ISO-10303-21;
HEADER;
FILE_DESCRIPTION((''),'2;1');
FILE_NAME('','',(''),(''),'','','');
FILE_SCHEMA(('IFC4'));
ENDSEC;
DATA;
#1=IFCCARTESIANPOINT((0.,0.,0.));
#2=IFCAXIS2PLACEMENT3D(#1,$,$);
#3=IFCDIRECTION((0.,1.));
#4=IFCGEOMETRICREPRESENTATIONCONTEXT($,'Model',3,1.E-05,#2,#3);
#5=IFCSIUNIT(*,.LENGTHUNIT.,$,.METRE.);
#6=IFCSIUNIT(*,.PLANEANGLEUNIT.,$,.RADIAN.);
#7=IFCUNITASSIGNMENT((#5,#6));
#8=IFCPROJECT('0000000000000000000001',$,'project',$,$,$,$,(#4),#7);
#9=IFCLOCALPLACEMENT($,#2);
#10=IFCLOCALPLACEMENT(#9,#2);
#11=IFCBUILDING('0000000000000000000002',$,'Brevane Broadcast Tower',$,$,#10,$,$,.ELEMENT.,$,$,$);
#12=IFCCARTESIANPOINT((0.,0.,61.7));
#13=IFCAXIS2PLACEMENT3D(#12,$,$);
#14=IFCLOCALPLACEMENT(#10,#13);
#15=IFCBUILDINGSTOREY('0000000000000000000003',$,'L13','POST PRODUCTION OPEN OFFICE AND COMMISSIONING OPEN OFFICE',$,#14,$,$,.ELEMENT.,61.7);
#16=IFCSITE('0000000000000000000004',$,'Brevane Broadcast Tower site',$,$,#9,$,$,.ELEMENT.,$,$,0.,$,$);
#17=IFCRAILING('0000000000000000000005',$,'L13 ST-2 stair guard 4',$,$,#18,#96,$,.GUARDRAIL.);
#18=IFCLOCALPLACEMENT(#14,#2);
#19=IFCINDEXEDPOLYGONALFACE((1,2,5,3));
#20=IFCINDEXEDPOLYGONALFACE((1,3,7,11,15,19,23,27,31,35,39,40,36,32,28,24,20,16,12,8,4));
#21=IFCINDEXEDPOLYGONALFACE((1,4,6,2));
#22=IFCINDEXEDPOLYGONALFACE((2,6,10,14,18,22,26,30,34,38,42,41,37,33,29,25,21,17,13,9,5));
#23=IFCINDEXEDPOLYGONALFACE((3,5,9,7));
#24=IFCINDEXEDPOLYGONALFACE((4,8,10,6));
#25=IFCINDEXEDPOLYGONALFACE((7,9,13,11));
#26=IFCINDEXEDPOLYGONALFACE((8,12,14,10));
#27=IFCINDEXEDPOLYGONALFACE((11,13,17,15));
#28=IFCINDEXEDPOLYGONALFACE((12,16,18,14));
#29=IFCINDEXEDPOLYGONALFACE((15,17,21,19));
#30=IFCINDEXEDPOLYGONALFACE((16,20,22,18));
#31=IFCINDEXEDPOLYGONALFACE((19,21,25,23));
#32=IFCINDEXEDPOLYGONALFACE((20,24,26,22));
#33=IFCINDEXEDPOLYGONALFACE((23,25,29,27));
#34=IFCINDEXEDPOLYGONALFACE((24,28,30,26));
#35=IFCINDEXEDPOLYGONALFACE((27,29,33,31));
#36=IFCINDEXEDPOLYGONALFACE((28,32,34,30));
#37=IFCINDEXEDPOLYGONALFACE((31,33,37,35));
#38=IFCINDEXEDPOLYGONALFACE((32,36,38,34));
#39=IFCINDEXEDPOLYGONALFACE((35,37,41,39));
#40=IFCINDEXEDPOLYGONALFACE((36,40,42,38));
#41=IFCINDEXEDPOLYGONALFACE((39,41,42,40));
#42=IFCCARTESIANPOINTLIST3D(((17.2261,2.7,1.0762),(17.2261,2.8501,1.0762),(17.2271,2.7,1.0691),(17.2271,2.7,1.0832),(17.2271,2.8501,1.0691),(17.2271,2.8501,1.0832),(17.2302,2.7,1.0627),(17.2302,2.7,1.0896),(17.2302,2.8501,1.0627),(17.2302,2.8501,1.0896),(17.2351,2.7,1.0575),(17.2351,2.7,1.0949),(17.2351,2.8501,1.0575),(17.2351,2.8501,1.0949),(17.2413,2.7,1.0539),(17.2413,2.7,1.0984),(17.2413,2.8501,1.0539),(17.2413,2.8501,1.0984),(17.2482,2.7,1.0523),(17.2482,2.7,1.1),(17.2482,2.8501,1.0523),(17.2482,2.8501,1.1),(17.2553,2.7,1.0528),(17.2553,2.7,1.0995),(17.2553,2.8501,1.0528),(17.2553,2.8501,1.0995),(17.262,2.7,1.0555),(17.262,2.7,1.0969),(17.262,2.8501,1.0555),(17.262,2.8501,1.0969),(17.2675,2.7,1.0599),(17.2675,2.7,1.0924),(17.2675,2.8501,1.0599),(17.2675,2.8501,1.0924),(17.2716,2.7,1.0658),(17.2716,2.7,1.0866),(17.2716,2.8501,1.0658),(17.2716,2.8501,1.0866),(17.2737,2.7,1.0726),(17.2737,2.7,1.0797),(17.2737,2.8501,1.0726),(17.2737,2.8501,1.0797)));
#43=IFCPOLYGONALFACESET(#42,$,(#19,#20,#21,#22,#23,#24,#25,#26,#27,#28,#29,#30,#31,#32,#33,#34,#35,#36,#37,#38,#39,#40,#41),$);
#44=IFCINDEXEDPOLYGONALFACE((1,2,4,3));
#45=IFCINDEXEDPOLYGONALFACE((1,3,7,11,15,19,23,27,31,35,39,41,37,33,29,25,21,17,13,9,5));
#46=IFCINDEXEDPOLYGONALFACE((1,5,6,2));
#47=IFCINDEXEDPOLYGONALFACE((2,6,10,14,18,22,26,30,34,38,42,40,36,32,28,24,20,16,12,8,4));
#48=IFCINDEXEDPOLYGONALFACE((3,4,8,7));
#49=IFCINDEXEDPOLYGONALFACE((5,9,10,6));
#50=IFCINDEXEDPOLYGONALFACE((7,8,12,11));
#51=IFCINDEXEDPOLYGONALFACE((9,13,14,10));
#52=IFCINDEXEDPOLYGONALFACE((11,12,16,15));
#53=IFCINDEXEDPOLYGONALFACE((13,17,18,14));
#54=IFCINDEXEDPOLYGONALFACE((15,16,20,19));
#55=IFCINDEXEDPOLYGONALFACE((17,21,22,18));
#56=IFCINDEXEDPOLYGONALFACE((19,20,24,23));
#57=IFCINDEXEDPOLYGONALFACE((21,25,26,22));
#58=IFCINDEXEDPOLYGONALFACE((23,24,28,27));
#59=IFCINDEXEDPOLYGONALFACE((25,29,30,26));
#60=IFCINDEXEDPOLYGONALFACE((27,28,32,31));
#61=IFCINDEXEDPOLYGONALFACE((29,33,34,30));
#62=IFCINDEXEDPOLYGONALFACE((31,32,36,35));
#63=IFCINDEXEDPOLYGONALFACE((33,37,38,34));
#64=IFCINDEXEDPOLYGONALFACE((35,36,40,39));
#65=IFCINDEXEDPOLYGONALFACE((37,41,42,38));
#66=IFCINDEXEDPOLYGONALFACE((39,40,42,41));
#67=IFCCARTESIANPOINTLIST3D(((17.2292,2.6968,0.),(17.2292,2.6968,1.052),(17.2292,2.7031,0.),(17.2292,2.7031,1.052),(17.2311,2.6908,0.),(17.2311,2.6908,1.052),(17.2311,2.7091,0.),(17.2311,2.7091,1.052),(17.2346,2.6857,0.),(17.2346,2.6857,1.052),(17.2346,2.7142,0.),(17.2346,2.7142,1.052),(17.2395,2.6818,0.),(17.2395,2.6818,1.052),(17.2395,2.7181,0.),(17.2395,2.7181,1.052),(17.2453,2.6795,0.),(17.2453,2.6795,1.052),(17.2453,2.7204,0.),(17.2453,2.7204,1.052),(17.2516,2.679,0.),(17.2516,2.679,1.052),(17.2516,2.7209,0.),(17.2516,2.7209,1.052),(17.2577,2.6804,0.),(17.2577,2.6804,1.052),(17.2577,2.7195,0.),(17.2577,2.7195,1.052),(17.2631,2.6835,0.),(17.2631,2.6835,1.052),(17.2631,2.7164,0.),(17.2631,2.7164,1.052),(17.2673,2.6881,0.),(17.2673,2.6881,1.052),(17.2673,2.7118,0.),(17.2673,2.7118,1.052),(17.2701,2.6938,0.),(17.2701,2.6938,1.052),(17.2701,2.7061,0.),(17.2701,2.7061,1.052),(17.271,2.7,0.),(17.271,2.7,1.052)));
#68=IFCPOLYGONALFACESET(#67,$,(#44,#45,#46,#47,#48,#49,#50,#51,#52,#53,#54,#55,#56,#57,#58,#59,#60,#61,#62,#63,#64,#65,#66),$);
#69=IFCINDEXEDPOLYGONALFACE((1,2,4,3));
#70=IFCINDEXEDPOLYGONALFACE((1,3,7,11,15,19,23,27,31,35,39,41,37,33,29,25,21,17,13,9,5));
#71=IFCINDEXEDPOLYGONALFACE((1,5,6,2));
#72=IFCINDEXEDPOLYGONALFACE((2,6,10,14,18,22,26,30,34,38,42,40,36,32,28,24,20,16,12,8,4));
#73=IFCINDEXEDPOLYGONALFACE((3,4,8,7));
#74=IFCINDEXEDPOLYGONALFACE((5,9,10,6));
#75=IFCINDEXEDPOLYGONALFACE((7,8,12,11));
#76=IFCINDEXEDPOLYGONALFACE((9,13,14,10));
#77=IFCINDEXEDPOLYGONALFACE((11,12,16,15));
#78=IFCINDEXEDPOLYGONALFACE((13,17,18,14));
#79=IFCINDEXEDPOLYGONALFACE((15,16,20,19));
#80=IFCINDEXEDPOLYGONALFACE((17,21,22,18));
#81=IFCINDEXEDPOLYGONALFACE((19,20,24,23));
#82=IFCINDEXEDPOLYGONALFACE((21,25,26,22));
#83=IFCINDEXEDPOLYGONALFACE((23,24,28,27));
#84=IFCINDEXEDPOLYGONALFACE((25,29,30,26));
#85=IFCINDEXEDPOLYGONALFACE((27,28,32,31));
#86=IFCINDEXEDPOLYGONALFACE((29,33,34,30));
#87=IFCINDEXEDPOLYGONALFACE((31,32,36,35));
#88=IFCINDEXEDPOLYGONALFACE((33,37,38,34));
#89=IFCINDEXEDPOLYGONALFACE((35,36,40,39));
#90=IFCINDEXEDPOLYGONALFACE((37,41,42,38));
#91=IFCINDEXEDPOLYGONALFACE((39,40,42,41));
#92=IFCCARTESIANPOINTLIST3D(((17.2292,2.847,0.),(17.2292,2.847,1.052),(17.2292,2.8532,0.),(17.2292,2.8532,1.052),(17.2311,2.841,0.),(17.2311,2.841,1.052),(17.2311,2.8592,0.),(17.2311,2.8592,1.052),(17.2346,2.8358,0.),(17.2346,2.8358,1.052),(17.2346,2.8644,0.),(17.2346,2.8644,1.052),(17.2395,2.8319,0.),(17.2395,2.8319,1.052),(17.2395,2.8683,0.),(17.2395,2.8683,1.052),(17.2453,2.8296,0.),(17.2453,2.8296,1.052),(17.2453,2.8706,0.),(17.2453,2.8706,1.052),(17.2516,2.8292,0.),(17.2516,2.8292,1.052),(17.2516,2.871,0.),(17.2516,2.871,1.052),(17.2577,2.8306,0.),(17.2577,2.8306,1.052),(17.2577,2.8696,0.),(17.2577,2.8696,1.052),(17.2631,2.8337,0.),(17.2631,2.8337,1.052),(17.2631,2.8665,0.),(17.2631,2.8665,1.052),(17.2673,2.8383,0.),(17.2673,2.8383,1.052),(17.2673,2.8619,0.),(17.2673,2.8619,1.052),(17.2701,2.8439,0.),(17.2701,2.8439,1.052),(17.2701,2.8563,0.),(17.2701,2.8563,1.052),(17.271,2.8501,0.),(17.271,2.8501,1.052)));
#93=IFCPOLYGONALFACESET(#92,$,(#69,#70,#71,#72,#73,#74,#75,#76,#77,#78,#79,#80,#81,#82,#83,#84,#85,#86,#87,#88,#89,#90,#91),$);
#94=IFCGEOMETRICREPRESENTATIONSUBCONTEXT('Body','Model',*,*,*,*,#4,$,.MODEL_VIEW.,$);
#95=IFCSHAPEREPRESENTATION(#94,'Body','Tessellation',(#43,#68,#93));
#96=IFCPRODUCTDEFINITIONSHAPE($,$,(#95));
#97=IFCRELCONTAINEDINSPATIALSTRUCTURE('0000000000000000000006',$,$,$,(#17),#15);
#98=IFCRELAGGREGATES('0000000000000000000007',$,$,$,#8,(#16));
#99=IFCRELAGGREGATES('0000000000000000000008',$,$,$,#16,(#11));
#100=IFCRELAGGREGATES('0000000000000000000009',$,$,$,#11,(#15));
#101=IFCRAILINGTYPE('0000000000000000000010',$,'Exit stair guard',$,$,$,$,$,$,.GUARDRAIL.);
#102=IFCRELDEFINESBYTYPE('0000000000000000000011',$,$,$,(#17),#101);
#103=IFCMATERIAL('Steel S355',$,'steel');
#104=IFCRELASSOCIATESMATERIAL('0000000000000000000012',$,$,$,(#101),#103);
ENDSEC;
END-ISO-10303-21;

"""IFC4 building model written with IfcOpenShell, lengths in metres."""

from ifc_helpers import new_model, si_unit, direction, frame, origin, origin_2d, place, context, subcontext, project, spatial, circle, extrude, material, type_object, element, save


model = new_model("IFC4")

# Units and contexts
model_context = context("Model", 3, precision=1e-05, world=origin(), true_north=direction((0.0, 1.0)))
body_context = subcontext(model_context, "Body", "Model", "MODEL_VIEW")
ifc_project = project(units=[si_unit("LENGTHUNIT", "METRE"), si_unit("PLANEANGLEUNIT", "RADIAN")], contexts=[model_context])

# Site, building, storey
site_placement = place(None, origin())
site = spatial("IfcSite", under=ifc_project, at=site_placement, Name="Brevane Broadcast Tower site", CompositionType="ELEMENT", RefElevation=0.0)
building_placement = place(site_placement, origin())
building = spatial("IfcBuilding", under=site, at=building_placement, Name="Brevane Broadcast Tower", CompositionType="ELEMENT")
storey_placement = place(building_placement, frame((0.0, 0.0, 61.7)))
storey = spatial("IfcBuildingStorey", under=building, at=storey_placement, Name="L13", Description="POST PRODUCTION OPEN OFFICE AND COMMISSIONING OPEN OFFICE", CompositionType="ELEMENT", Elevation=61.7)

# Railing
ifc_material_1 = material(Name="Steel S355", Category="steel")
railing_type_1 = type_object("IfcRailingType", Name="Exit stair guard", PredefinedType="GUARDRAIL", material=ifc_material_1)
railing_1_placement = place(storey_placement, frame((17.25, 2.7, 0.0)))
element("IfcRailing", 1, at=railing_1_placement, inside=storey, type_object=railing_type_1, Name="L13 ST-2 stair guard 4", PredefinedType="GUARDRAIL", context=body_context, shape_type="SweptSolid", body=[
    extrude(circle(Radius=0.0239, at=origin_2d()), frame((0.0, 0.0, 1.0762), z_axis=(0.0, 1.0, 0.0), x_axis=(-1.0, 0.0, 0.0)), (0.0, 0.0, 1.0), 0.1501),
    extrude(circle(Radius=0.021, at=origin_2d()), origin(), (0.0, 0.0, 1.0), 1.052),
    extrude(circle(Radius=0.021, at=origin_2d()), frame((0.0, 0.1501, 0.0)), (0.0, 0.0, 1.0), 1.052),
])

save(model, "model.ifc")
